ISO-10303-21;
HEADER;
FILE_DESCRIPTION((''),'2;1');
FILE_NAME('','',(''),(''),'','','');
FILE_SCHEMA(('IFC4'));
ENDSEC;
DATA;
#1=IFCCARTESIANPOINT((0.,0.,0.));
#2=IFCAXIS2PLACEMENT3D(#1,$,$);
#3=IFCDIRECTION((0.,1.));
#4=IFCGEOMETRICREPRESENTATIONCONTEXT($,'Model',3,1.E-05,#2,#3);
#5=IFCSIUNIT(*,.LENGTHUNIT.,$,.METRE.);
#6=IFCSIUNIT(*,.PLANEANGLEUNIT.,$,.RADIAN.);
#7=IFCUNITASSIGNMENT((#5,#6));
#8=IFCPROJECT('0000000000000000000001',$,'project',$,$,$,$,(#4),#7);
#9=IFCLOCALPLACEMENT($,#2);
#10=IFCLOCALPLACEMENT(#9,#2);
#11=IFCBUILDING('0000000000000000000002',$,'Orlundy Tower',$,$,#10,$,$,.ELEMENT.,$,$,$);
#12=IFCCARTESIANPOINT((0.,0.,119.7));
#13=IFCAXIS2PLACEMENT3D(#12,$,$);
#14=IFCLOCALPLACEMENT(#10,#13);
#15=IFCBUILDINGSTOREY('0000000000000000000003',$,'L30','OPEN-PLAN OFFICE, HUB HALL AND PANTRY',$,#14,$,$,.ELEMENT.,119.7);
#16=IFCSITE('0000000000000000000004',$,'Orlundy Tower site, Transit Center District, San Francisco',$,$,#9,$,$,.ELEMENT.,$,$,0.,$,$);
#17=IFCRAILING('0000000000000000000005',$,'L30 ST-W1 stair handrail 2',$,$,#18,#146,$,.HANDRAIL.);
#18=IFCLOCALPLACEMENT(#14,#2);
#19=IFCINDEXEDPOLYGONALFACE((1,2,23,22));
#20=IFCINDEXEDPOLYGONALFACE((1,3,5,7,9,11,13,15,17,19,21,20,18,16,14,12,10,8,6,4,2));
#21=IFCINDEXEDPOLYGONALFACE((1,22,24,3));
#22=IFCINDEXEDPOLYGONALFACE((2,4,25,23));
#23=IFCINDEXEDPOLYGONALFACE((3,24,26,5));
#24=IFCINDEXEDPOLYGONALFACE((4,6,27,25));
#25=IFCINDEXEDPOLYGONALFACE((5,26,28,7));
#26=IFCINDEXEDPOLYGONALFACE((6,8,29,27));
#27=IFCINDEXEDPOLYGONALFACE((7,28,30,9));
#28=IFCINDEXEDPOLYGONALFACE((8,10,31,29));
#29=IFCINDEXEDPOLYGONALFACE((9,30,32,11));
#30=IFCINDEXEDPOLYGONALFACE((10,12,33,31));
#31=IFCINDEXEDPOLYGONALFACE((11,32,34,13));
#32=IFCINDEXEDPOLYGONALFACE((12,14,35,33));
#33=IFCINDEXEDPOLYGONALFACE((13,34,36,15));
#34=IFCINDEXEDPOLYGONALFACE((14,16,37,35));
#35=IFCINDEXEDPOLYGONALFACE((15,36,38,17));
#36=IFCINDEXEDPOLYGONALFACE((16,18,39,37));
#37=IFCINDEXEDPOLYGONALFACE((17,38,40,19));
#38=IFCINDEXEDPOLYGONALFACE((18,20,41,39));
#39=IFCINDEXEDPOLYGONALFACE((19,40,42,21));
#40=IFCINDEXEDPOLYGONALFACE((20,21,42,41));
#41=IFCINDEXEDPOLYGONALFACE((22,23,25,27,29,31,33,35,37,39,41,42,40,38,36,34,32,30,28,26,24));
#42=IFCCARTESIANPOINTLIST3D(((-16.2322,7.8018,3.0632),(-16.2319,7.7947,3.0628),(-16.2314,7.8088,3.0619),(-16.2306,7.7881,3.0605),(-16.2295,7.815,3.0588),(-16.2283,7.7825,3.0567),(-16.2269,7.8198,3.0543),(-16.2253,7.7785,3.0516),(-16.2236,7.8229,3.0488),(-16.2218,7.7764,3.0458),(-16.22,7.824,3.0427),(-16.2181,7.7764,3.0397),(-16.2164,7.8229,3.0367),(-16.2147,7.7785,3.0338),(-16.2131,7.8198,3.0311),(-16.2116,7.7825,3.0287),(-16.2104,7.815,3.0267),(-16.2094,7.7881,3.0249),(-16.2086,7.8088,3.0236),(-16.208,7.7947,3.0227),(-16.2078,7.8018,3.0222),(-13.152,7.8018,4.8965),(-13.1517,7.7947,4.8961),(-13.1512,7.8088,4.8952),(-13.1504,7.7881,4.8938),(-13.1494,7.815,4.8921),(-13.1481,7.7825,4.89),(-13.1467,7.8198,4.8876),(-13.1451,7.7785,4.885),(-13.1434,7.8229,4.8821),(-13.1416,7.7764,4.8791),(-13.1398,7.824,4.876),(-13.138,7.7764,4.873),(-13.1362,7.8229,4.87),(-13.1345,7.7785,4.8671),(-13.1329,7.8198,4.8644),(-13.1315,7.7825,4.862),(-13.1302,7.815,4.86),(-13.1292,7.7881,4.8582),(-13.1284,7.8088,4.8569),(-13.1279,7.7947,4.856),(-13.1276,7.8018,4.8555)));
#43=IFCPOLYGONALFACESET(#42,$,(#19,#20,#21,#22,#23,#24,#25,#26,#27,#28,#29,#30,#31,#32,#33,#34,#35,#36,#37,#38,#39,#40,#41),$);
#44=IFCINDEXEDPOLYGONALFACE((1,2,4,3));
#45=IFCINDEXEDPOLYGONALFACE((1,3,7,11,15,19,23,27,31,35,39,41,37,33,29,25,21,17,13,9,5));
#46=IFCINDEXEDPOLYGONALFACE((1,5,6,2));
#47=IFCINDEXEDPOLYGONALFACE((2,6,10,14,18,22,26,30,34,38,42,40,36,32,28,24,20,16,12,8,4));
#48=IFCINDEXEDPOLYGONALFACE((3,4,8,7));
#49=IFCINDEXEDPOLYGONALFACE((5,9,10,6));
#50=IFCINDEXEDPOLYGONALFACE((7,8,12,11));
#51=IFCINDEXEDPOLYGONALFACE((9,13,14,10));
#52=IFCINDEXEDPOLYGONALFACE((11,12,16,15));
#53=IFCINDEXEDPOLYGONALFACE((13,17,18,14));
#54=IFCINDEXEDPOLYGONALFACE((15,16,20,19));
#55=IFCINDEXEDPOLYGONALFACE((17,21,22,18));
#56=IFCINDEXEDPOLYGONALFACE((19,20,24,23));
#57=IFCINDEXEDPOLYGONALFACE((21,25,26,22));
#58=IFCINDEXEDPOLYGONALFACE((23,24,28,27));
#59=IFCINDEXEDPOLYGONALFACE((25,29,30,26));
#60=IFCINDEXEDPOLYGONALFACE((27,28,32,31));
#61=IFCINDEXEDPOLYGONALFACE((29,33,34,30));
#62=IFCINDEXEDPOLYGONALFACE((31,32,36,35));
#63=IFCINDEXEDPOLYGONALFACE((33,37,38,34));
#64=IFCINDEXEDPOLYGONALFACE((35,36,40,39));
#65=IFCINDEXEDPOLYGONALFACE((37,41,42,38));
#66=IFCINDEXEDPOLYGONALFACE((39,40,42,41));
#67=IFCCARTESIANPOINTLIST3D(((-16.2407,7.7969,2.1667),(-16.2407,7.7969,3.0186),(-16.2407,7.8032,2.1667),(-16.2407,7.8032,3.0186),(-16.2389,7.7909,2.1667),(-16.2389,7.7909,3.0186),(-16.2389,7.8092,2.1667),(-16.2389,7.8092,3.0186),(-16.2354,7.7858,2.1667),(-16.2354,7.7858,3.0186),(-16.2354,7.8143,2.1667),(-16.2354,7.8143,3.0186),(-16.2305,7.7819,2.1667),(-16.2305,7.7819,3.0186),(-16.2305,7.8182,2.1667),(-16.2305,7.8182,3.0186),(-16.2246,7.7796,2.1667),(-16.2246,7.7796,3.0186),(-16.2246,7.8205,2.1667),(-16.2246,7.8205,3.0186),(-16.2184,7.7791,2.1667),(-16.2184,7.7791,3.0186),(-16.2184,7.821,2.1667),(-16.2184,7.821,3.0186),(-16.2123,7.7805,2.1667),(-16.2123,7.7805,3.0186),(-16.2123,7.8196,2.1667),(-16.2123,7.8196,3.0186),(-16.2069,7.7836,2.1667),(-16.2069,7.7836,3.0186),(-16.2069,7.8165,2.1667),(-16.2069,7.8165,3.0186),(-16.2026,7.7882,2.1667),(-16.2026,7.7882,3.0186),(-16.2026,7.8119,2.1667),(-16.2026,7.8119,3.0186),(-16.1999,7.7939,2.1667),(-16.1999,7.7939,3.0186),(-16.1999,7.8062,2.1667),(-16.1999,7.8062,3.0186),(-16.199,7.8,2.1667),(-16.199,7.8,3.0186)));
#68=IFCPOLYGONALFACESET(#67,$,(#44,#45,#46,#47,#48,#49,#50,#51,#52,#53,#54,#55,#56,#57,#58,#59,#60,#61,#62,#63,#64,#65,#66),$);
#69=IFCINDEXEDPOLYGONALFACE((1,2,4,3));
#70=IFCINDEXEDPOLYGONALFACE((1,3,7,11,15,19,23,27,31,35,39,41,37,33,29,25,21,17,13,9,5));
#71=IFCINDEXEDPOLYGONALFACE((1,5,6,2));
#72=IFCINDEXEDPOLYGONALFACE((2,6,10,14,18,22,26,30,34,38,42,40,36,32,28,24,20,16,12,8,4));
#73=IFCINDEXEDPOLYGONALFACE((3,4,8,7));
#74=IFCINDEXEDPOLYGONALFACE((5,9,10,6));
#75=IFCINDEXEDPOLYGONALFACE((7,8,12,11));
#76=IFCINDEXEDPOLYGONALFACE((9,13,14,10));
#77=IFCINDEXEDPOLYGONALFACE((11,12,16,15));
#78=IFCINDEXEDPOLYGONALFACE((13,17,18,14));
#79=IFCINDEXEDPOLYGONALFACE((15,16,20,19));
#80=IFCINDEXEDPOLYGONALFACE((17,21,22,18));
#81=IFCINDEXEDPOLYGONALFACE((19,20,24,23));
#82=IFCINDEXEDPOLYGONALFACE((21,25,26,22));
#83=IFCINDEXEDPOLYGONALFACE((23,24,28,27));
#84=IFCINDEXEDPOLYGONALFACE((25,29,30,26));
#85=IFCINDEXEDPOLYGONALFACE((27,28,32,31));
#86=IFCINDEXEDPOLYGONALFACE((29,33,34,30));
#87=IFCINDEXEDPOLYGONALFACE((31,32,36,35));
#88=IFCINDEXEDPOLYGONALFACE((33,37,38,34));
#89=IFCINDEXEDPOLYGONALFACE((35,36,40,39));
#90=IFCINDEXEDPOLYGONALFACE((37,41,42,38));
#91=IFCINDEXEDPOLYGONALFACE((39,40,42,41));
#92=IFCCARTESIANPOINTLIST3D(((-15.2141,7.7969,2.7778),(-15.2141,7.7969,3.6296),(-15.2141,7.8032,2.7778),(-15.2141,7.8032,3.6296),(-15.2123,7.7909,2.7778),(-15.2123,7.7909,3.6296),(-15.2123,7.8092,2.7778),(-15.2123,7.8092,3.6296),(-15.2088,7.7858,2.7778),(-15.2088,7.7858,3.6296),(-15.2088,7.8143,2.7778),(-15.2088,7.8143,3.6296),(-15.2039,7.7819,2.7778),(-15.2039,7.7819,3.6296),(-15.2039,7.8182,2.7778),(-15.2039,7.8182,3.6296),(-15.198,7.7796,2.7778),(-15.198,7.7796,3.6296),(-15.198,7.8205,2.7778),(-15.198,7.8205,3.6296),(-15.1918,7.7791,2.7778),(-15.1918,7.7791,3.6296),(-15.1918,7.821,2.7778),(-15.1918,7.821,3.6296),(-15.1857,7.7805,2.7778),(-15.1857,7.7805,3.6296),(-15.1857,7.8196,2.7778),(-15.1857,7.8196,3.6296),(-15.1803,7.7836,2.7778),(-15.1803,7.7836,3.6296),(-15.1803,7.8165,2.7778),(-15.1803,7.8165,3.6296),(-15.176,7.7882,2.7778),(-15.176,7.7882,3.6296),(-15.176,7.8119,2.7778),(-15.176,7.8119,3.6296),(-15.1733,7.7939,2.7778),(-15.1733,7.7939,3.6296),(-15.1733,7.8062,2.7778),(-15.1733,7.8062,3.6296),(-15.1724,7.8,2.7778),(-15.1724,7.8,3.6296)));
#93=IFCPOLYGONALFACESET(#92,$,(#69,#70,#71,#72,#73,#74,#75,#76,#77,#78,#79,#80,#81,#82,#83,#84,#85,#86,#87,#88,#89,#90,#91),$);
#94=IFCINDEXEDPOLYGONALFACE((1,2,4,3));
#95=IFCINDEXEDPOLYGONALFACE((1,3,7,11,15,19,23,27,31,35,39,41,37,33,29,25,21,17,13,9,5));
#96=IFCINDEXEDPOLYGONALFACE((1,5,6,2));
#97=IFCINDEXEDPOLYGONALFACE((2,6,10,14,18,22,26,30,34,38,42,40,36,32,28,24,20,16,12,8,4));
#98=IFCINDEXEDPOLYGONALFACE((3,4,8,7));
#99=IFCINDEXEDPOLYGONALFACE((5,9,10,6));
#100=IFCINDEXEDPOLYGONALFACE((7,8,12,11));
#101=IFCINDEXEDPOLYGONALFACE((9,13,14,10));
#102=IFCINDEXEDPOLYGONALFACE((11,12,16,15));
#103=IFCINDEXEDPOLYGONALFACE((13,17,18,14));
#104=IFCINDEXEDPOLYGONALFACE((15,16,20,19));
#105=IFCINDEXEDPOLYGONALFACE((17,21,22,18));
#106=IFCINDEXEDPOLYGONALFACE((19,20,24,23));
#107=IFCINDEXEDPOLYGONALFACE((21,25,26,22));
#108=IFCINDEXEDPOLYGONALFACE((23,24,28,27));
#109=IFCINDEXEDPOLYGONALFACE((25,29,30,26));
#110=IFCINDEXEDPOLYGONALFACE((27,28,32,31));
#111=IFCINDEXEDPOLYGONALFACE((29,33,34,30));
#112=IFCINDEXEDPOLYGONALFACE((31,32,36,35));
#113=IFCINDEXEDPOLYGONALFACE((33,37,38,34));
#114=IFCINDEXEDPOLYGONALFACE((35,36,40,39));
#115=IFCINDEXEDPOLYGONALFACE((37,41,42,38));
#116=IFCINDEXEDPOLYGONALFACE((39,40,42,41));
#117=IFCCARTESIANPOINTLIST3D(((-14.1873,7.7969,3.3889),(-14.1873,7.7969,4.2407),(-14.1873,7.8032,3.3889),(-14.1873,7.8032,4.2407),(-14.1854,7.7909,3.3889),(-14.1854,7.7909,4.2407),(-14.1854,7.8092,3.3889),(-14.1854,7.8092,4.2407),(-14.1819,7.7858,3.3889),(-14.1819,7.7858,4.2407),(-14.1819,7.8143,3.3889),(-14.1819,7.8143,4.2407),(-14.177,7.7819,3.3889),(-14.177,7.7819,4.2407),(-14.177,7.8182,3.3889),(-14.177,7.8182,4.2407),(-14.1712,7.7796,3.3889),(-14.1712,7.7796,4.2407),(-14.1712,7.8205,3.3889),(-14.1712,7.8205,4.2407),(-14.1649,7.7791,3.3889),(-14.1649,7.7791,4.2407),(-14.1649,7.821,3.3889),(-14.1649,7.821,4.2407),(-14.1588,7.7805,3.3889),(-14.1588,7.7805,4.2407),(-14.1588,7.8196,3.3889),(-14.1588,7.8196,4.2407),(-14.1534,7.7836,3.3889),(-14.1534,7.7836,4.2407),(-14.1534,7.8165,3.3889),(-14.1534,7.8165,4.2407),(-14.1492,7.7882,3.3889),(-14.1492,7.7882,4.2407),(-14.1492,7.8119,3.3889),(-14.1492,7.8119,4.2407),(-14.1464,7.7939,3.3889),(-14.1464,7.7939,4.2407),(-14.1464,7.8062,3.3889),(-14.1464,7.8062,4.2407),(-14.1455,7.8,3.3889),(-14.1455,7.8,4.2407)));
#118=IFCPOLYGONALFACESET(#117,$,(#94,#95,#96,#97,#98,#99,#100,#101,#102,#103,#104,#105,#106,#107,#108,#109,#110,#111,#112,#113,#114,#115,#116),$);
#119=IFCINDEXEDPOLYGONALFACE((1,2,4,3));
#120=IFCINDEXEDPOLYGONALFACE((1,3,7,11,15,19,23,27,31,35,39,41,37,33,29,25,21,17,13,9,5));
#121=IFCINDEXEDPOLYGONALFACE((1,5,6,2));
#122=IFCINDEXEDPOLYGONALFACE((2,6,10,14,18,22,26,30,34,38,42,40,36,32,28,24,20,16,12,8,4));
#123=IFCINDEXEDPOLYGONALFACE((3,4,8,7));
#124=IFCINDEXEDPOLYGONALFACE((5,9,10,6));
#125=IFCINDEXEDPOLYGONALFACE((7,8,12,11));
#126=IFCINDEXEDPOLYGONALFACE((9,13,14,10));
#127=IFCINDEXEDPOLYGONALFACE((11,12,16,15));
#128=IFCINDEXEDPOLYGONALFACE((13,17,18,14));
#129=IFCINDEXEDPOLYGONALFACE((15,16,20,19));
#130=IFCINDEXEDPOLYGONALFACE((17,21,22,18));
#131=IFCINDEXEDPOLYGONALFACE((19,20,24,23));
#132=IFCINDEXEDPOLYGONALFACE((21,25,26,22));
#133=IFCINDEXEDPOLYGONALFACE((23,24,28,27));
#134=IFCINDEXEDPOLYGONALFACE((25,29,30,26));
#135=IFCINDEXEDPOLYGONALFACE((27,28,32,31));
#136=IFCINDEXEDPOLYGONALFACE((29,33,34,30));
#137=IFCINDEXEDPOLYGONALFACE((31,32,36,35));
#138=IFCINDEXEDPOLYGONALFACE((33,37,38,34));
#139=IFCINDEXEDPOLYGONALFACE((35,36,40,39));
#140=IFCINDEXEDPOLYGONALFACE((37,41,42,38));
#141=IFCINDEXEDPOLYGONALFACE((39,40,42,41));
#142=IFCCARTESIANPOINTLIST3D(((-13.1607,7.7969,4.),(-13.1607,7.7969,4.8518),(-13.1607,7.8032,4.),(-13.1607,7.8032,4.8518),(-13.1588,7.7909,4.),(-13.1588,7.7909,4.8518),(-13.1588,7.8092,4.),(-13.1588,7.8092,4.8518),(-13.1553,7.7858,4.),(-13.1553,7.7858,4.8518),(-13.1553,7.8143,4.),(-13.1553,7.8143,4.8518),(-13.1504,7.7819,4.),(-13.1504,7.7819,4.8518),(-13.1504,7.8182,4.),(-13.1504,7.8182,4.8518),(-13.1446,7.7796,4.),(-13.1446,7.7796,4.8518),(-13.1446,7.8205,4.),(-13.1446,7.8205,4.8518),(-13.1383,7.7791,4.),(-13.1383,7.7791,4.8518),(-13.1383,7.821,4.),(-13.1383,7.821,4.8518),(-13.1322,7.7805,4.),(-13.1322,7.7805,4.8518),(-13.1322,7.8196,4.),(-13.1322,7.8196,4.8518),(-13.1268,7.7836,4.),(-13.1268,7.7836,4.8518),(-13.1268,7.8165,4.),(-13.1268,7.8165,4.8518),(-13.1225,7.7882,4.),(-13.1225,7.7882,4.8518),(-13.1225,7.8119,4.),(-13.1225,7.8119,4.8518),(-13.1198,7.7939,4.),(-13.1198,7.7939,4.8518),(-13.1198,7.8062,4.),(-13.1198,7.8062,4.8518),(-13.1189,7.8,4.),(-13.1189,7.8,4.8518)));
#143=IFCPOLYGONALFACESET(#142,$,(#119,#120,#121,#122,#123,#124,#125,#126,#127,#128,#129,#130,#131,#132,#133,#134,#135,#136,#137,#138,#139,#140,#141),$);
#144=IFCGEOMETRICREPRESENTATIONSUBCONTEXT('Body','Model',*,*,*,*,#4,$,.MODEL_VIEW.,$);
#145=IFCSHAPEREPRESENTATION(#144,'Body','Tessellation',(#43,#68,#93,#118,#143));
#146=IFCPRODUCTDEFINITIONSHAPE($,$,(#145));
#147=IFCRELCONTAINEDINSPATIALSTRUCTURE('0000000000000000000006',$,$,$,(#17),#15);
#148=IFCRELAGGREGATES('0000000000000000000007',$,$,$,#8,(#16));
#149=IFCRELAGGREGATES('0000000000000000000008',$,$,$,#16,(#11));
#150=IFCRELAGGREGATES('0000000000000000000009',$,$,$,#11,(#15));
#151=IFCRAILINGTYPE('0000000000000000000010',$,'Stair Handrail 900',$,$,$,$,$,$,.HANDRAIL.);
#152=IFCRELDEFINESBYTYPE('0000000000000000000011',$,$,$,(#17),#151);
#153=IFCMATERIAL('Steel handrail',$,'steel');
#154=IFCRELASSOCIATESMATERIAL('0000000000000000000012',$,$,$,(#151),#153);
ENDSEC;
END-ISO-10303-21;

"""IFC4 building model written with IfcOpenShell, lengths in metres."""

from ifc_helpers import new_model, si_unit, direction, frame, origin, origin_2d, place, context, subcontext, project, spatial, circle, extrude, material, type_object, element, save


model = new_model("IFC4")

# Units and contexts
model_context = context("Model", 3, precision=1e-05, world=origin(), true_north=direction((0.0, 1.0)))
body_context = subcontext(model_context, "Body", "Model", "MODEL_VIEW")
ifc_project = project(units=[si_unit("LENGTHUNIT", "METRE"), si_unit("PLANEANGLEUNIT", "RADIAN")], contexts=[model_context])

# Site, building, storey
site_placement = place(None, origin())
site = spatial("IfcSite", under=ifc_project, at=site_placement, Name="Orlundy Tower site, Transit Center District, San Francisco", CompositionType="ELEMENT", RefElevation=0.0)
building_placement = place(site_placement, origin())
building = spatial("IfcBuilding", under=site, at=building_placement, Name="Orlundy Tower", CompositionType="ELEMENT")
storey_placement = place(building_placement, frame((0.0, 0.0, 119.7)))
storey = spatial("IfcBuildingStorey", under=building, at=storey_placement, Name="L30", Description="OPEN-PLAN OFFICE, HUB HALL AND PANTRY", CompositionType="ELEMENT", Elevation=119.7)

# Railing
ifc_material_1 = material(Name="Steel handrail", Category="steel")
railing_type_1 = type_object("IfcRailingType", Name="Stair Handrail 900", PredefinedType="HANDRAIL", material=ifc_material_1)
railing_1_placement = place(storey_placement, frame((-16.22, 7.8, 2.1667)))
element("IfcRailing", 1, at=railing_1_placement, inside=storey, type_object=railing_type_1, Name="L30 ST-W1 stair handrail 2", PredefinedType="HANDRAIL", context=body_context, shape_type="SweptSolid", body=[
    extrude(circle(Radius=0.0239, at=origin_2d()), frame((0.0, 0.0, 0.876), z_axis=(0.859309, 0.0, 0.511458), x_axis=(0.0, 1.0, 0.0)), (0.0, 0.0, 1.0), 3.5845),
    extrude(circle(Radius=0.021, at=origin_2d()), origin(), (0.0, 0.0, 1.0), 0.8518),
    extrude(circle(Radius=0.021, at=origin_2d()), frame((1.0266, 0.0, 0.6111)), (0.0, 0.0, 1.0), 0.8518),
    extrude(circle(Radius=0.021, at=origin_2d()), frame((2.0535, 0.0, 1.2222)), (0.0, 0.0, 1.0), 0.8518),
    extrude(circle(Radius=0.021, at=origin_2d()), frame((3.0801, 0.0, 1.8333)), (0.0, 0.0, 1.0), 0.8518),
])

save(model, "model.ifc")
